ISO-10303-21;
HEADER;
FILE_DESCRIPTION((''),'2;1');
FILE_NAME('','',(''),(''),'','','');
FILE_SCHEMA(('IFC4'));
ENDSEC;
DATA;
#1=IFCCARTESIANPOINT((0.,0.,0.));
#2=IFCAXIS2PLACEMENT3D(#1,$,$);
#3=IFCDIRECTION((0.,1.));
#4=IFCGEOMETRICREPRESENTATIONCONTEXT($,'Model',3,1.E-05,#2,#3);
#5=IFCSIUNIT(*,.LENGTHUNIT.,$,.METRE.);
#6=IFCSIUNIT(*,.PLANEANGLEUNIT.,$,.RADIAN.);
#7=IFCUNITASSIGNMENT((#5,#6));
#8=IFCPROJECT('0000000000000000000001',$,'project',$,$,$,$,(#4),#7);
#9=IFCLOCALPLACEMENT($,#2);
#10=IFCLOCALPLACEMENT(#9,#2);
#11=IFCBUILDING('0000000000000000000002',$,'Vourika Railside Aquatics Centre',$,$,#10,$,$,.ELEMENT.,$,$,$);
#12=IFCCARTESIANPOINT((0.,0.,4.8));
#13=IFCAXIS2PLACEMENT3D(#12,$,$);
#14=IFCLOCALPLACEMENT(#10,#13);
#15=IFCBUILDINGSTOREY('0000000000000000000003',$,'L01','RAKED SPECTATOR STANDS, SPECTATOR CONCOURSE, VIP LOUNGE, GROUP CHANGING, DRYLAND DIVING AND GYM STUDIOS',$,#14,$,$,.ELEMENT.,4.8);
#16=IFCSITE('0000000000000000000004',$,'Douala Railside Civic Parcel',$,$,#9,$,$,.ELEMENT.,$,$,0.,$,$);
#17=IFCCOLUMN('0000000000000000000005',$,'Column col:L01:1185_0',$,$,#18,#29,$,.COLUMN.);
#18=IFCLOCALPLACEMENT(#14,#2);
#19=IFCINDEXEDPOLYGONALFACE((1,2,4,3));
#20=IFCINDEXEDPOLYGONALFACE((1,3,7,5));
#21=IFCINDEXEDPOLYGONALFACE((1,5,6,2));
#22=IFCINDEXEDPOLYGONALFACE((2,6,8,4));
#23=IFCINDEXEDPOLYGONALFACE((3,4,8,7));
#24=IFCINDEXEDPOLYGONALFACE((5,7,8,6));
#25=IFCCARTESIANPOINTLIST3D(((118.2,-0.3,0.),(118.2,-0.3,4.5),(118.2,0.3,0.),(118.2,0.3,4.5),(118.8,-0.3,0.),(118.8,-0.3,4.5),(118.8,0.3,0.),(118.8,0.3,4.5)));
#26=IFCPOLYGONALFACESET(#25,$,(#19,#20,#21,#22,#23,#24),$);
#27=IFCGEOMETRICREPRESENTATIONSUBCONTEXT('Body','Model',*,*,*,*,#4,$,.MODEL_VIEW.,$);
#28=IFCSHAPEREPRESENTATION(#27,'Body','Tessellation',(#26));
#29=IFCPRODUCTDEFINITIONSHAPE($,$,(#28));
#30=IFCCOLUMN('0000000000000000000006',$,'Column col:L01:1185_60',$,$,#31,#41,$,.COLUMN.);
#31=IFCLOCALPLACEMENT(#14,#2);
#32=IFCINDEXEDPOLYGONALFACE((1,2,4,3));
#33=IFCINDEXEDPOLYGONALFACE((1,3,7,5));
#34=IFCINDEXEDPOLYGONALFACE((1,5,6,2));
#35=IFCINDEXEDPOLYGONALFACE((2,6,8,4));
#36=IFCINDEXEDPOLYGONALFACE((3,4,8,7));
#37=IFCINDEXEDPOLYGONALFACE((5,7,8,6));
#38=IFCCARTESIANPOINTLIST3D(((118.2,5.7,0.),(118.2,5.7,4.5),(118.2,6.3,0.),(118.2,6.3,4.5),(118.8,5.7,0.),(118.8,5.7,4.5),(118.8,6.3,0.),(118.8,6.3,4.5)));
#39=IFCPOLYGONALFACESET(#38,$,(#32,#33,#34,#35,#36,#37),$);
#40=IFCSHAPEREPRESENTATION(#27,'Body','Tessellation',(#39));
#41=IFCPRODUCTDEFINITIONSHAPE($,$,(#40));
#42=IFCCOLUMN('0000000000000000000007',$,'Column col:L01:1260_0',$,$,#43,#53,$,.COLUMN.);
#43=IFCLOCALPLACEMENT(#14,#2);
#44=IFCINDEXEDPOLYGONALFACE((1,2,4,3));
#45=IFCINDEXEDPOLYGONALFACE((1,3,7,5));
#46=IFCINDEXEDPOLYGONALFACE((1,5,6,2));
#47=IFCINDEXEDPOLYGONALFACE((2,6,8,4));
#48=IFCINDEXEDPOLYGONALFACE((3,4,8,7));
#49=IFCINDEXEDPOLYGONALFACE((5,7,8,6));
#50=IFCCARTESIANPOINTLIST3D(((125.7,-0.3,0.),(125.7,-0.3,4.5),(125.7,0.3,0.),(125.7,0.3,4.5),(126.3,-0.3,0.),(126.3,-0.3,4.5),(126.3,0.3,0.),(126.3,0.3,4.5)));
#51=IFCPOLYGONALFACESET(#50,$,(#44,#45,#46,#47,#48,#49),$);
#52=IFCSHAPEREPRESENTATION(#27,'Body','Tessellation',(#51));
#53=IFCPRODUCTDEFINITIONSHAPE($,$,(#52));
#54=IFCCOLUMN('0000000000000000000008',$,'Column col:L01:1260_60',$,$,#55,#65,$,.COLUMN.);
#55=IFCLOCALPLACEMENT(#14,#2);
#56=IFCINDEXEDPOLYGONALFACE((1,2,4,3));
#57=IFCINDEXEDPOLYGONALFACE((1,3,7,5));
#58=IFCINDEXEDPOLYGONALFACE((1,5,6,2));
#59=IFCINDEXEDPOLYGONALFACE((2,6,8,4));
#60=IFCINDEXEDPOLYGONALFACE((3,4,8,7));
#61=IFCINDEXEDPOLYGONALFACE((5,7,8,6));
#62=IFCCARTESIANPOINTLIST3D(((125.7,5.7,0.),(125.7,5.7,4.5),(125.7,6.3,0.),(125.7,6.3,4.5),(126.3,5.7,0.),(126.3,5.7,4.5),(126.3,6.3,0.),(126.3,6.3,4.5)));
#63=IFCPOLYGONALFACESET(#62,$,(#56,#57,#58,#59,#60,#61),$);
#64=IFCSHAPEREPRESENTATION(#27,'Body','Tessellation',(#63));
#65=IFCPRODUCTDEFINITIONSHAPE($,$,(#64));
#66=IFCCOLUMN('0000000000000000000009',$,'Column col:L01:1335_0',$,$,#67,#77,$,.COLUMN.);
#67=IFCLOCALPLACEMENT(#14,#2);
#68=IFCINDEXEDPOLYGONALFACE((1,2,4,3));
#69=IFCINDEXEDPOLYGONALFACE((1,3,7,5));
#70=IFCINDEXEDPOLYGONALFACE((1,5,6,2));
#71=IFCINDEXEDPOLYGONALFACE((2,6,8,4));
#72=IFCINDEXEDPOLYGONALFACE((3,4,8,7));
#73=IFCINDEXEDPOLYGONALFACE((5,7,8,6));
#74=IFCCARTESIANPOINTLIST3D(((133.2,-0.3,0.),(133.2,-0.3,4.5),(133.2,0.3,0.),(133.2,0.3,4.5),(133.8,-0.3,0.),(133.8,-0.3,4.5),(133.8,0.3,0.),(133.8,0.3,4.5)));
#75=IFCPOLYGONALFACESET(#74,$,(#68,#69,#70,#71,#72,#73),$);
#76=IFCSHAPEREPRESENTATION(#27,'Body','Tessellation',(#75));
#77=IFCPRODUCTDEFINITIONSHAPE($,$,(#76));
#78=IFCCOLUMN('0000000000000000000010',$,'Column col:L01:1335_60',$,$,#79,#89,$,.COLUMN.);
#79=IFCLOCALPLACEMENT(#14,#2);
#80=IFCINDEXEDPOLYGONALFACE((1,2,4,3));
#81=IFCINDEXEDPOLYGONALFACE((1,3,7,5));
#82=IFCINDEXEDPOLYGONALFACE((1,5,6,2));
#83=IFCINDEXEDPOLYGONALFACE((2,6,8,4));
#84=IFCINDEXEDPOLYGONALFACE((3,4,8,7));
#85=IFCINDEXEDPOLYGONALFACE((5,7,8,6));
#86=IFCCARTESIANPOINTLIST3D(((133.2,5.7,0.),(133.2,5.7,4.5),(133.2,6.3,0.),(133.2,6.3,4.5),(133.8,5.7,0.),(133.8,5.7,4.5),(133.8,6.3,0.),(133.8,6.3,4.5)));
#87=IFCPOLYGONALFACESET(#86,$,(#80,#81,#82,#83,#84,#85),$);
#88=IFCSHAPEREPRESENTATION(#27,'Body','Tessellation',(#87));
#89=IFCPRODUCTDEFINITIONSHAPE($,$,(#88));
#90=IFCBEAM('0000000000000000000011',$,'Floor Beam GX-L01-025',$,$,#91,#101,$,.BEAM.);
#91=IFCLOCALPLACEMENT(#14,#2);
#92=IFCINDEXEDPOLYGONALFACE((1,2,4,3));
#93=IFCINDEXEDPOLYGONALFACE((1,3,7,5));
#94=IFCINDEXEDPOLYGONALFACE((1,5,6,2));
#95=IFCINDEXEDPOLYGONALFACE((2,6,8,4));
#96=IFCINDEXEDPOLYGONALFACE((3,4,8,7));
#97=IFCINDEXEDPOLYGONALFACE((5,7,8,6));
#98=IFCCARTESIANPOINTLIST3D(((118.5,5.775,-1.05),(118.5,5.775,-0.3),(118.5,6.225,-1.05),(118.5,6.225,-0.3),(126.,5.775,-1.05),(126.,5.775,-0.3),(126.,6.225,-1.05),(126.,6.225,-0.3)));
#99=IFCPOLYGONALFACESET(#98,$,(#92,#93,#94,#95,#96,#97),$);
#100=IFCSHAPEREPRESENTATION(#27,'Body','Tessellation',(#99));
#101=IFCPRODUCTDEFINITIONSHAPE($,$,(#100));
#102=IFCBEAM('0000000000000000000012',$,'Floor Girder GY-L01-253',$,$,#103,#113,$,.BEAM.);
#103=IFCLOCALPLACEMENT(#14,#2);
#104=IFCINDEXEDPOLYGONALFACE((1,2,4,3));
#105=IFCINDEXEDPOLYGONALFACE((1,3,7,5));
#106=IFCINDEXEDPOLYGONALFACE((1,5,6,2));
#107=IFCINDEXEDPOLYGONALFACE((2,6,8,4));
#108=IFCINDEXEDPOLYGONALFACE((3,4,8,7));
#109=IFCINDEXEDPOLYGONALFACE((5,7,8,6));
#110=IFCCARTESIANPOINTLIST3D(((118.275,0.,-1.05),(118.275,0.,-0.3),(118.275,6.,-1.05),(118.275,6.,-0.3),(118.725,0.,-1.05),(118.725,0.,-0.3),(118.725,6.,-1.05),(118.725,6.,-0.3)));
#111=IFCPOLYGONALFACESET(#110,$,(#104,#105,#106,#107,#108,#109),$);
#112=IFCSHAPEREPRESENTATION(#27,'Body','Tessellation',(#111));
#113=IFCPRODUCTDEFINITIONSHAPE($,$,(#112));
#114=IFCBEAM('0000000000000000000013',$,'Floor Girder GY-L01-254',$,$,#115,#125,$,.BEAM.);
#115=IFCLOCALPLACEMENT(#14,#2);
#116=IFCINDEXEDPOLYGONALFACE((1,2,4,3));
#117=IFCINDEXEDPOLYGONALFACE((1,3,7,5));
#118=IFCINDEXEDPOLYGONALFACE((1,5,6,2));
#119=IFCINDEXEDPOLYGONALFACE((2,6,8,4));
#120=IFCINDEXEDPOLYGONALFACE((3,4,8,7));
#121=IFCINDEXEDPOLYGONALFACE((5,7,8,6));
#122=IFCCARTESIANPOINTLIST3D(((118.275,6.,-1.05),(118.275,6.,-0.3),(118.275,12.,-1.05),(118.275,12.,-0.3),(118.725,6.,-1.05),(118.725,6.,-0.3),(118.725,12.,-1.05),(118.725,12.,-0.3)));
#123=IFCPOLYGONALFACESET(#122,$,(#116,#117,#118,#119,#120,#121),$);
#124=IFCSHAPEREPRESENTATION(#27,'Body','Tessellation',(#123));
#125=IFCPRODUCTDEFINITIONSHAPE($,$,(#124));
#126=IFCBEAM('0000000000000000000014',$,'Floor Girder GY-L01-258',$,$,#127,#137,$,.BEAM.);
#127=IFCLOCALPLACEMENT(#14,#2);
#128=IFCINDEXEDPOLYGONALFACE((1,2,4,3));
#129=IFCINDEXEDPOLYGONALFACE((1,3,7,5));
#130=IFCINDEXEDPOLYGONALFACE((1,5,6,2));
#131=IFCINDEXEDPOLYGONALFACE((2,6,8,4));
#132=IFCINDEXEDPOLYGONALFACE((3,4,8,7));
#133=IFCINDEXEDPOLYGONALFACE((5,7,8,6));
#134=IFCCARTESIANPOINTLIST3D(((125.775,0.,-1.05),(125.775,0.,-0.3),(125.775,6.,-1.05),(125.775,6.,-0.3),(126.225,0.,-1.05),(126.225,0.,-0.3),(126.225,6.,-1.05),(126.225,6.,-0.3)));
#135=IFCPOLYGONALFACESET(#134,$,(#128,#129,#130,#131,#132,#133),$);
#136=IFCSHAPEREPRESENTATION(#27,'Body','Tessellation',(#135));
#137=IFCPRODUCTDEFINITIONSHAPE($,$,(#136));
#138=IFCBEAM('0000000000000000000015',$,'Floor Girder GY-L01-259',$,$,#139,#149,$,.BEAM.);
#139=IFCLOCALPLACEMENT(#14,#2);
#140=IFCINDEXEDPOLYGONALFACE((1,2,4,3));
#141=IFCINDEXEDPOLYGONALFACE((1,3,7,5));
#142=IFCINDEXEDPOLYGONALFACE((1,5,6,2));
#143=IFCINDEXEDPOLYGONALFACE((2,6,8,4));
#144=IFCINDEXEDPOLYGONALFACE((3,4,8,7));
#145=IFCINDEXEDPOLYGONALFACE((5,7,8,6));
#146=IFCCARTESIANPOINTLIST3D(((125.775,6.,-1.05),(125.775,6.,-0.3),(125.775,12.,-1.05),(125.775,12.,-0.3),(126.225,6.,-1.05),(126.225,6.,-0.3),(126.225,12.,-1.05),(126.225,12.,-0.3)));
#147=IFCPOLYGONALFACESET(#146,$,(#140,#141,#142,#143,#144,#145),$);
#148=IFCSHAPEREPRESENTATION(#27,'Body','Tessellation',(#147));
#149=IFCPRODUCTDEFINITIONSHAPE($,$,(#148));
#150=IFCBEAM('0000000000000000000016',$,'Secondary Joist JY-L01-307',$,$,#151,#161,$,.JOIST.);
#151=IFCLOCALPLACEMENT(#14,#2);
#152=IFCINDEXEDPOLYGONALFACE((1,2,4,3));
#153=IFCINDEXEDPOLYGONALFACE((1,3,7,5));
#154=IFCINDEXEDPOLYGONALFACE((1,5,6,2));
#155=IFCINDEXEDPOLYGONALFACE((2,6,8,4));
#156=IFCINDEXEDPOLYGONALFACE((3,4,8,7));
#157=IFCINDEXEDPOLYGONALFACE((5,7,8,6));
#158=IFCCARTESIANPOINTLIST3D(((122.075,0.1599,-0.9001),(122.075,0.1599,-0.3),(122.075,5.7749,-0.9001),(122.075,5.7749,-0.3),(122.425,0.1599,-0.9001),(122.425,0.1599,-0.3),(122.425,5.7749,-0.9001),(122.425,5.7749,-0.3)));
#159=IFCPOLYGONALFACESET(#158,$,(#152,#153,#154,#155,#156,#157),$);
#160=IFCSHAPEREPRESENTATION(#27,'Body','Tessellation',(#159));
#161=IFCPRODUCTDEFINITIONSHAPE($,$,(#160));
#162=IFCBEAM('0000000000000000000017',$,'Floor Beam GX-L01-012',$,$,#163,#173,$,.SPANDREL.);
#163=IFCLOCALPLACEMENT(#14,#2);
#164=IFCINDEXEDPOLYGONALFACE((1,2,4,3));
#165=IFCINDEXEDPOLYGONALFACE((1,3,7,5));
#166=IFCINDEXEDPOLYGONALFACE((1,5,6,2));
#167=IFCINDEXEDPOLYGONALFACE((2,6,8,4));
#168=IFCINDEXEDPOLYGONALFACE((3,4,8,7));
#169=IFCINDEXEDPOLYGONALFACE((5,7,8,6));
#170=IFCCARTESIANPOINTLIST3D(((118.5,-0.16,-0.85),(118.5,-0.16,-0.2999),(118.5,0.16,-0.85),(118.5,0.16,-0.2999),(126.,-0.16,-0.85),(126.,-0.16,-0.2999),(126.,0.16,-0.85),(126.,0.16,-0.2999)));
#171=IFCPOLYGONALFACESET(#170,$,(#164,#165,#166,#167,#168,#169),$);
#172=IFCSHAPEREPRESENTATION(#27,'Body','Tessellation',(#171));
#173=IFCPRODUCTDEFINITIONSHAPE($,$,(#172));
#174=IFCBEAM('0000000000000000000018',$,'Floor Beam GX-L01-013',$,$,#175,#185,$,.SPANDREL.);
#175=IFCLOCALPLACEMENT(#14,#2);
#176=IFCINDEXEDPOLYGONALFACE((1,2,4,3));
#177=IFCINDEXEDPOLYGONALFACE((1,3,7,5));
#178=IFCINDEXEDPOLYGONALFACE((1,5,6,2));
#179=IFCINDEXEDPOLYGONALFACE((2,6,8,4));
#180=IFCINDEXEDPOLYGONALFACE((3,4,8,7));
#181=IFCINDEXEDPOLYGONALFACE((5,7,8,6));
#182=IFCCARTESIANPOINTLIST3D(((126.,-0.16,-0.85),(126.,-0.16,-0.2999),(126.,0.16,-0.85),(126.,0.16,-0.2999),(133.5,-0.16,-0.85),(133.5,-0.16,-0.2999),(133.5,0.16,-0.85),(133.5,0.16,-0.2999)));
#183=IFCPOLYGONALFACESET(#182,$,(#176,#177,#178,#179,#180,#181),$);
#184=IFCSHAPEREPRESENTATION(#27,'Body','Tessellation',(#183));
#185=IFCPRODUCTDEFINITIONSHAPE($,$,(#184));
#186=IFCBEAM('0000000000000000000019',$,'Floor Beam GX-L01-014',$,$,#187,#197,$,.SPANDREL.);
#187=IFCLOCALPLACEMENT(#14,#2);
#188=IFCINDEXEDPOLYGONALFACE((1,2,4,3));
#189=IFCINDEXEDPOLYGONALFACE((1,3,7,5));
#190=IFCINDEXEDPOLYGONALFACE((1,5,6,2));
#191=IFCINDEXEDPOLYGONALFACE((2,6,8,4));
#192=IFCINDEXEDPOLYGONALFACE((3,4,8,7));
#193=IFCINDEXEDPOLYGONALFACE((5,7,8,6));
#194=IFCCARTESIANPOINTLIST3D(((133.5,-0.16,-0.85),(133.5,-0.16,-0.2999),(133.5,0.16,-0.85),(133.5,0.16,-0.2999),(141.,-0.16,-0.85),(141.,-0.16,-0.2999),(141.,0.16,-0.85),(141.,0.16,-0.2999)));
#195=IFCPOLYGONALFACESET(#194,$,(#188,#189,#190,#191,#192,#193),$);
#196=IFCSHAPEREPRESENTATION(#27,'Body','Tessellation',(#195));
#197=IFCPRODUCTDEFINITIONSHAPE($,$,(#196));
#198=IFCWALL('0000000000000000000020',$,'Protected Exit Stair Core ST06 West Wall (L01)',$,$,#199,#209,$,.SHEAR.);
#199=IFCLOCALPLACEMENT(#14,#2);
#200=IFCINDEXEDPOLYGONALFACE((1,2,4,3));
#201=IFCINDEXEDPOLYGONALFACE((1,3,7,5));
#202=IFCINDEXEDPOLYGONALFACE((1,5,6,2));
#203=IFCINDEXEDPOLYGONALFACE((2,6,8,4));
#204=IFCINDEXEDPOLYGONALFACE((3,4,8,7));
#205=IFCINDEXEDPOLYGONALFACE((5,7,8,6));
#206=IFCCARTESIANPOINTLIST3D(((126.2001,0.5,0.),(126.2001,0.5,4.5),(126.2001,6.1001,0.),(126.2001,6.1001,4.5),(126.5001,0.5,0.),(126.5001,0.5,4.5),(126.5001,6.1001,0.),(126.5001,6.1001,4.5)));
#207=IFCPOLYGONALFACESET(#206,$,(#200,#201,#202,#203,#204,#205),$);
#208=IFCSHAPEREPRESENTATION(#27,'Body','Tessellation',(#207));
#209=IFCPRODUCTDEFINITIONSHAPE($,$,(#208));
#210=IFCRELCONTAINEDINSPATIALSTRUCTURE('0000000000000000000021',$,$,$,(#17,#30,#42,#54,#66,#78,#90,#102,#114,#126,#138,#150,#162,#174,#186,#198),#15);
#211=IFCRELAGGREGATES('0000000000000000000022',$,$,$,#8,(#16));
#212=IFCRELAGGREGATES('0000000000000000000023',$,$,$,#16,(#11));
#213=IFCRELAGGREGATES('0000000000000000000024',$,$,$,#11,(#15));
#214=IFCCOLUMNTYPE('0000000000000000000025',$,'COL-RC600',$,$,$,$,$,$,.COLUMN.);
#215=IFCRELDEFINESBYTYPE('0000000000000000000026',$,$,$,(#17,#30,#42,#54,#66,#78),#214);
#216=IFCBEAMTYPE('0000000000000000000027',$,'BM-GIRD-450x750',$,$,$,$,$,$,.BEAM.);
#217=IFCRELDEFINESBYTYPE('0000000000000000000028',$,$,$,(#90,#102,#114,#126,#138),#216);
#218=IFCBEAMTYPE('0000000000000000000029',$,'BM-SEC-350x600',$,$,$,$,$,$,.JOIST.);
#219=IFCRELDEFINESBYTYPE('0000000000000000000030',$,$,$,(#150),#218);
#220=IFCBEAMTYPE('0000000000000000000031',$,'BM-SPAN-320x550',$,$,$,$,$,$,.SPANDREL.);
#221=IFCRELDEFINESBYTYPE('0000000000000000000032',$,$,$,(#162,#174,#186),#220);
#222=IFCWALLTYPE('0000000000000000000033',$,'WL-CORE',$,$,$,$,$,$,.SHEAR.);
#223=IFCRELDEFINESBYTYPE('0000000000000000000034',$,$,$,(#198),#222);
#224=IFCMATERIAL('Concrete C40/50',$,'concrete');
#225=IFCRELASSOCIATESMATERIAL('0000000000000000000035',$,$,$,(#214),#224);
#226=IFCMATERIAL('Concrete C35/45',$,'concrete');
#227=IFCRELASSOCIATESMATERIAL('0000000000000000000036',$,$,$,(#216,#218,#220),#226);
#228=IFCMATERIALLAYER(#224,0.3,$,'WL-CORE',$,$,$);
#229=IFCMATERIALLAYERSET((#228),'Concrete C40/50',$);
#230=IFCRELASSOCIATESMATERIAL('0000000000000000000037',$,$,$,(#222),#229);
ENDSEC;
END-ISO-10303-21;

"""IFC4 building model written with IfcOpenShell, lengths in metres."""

from ifc_helpers import new_model, si_unit, direction, frame, frame_2d, origin, origin_2d, place, context, subcontext, project, spatial, rectangle, extrude, material, layer, layer_set, material_profile, profile_set, type_object, element, save


model = new_model("IFC4")

# Units and contexts
model_context = context("Model", 3, precision=1e-05, world=origin(), true_north=direction((0.0, 1.0)))
body_context = subcontext(model_context, "Body", "Model", "MODEL_VIEW")
ifc_project = project(units=[si_unit("LENGTHUNIT", "METRE"), si_unit("PLANEANGLEUNIT", "RADIAN")], contexts=[model_context])

# Site, building, storey
site_placement = place(None, origin())
site = spatial("IfcSite", under=ifc_project, at=site_placement, Name="Douala Railside Civic Parcel", CompositionType="ELEMENT", RefElevation=0.0)
building_placement = place(site_placement, origin())
building = spatial("IfcBuilding", under=site, at=building_placement, Name="Vourika Railside Aquatics Centre", CompositionType="ELEMENT")
storey_placement = place(building_placement, frame((0.0, 0.0, 4.8)))
storey = spatial("IfcBuildingStorey", under=building, at=storey_placement, Name="L01", Description="RAKED SPECTATOR STANDS, SPECTATOR CONCOURSE, VIP LOUNGE, GROUP CHANGING, DRYLAND DIVING AND GYM STUDIOS", CompositionType="ELEMENT", Elevation=4.8)

# Columns
ifc_material_1 = material(Name="Concrete C40/50", Category="concrete")
ifc_material_profile_1 = material_profile(ifc_material_1, rectangle(XDim=0.6001, YDim=0.6001, at=origin_2d()), Name="RC 600x600")
ifc_profile_set_1 = profile_set([ifc_material_profile_1], Name="Concrete C40/50")
column_type = type_object("IfcColumnType", Name="COL-RC600", PredefinedType="COLUMN", material=ifc_profile_set_1)
for number, where, z_axis, x_axis, name in (
    (1, (118.5, 0.0, 0.0), (0.0, 0.0, 1.0), (1.0, 0.0, 0.0), "Column col:L01:1185_0"),
    (2, (118.5, 6.0, 0.0), (0.0, 0.0, 1.0), (1.0, 0.0, 0.0), "Column col:L01:1185_60"),
    (3, (126.0, 0.0, 0.0), (0.0, 0.0, 1.0), (1.0, 0.0, 0.0), "Column col:L01:1260_0"),
    (4, (126.0, 6.0, 0.0), (0.0, 0.0, 1.0), (1.0, 0.0, 0.0), "Column col:L01:1260_60"),
    (5, (133.5, 0.0, 0.0), (0.0, 0.0, 1.0), (1.0, 0.0, 0.0), "Column col:L01:1335_0"),
    (6, (133.5, 6.0, 0.0), (0.0, 0.0, 1.0), (1.0, 0.0, 0.0), "Column col:L01:1335_60"),
):
    element("IfcColumn", number, at=place(storey_placement, frame(where, z_axis=z_axis, x_axis=x_axis)), inside=storey, type_object=column_type, Name=name, PredefinedType="COLUMN", context=body_context, shape_type="SweptSolid", body=[
        extrude(rectangle(XDim=0.6001, YDim=0.6001, at=origin_2d()), origin(), (0.0, 0.0, 1.0), 4.5),
    ])

# Beams
ifc_material_2 = material(Name="Concrete C35/45", Category="concrete")
ifc_material_profile_2 = material_profile(ifc_material_2, rectangle(XDim=0.45, YDim=0.75, at=origin_2d()), Name="RC 450x750")
ifc_profile_set_2 = profile_set([ifc_material_profile_2], Name="Concrete C35/45")
beam_type_1 = type_object("IfcBeamType", Name="BM-GIRD-450x750", PredefinedType="BEAM", material=ifc_profile_set_2)
beam_1_placement = place(storey_placement, frame((118.5, 6.0, -0.675), z_axis=(1.0, 0.0, 0.0), x_axis=(0.0, 1.0, 0.0)))
element("IfcBeam", 7, at=beam_1_placement, inside=storey, type_object=beam_type_1, Name="Floor Beam GX-L01-025", PredefinedType="BEAM", context=body_context, shape_type="SweptSolid", body=[
    extrude(rectangle(XDim=0.45, YDim=0.75, at=origin_2d()), origin(), (0.0, 0.0, 1.0), 7.5),
])
for number, where, z_axis, x_axis, name in (
    (8, (118.5, 0.0, -0.675), (0.0, 1.0, 0.0), (-1.0, 0.0, 0.0), "Floor Girder GY-L01-253"),
    (9, (118.5, 6.0, -0.675), (0.0, 1.0, 0.0), (-1.0, 0.0, 0.0), "Floor Girder GY-L01-254"),
    (10, (126.0, 0.0, -0.675), (0.0, 1.0, 0.0), (-1.0, 0.0, 0.0), "Floor Girder GY-L01-258"),
    (11, (126.0, 6.0, -0.675), (0.0, 1.0, 0.0), (-1.0, 0.0, 0.0), "Floor Girder GY-L01-259"),
):
    element("IfcBeam", number, at=place(storey_placement, frame(where, z_axis=z_axis, x_axis=x_axis)), inside=storey, type_object=beam_type_1, Name=name, PredefinedType="BEAM", context=body_context, shape_type="SweptSolid", body=[
        extrude(rectangle(XDim=0.45, YDim=0.75, at=origin_2d()), origin(), (0.0, 0.0, 1.0), 6.0),
    ])
ifc_material_profile_3 = material_profile(ifc_material_2, rectangle(XDim=0.3501, YDim=0.6001, at=origin_2d()), Name="RC 350x600")
ifc_profile_set_3 = profile_set([ifc_material_profile_3], Name="Concrete C35/45")
beam_type_2 = type_object("IfcBeamType", Name="BM-SEC-350x600", PredefinedType="JOIST", material=ifc_profile_set_3)
beam_2_placement = place(storey_placement, frame((122.25, 0.1599, -0.6001), z_axis=(0.0, 1.0, 0.0), x_axis=(-1.0, 0.0, 0.0)))
element("IfcBeam", 12, at=beam_2_placement, inside=storey, type_object=beam_type_2, Name="Secondary Joist JY-L01-307", PredefinedType="JOIST", context=body_context, shape_type="SweptSolid", body=[
    extrude(rectangle(XDim=0.3501, YDim=0.6001, at=origin_2d()), origin(), (0.0, 0.0, 1.0), 5.615),
])
ifc_material_profile_4 = material_profile(ifc_material_2, rectangle(XDim=0.3201, YDim=0.55, at=origin_2d()), Name="RC 320x550")
ifc_profile_set_4 = profile_set([ifc_material_profile_4], Name="Concrete C35/45")
beam_type_3 = type_object("IfcBeamType", Name="BM-SPAN-320x550", PredefinedType="SPANDREL", material=ifc_profile_set_4)
for number, where, z_axis, x_axis, name in (
    (13, (118.5, 0.0, -0.575), (1.0, 0.0, 0.0), (0.0, 1.0, 0.0), "Floor Beam GX-L01-012"),
    (14, (126.0, 0.0, -0.575), (1.0, 0.0, 0.0), (0.0, 1.0, 0.0), "Floor Beam GX-L01-013"),
    (15, (133.5, 0.0, -0.575), (1.0, 0.0, 0.0), (0.0, 1.0, 0.0), "Floor Beam GX-L01-014"),
):
    element("IfcBeam", number, at=place(storey_placement, frame(where, z_axis=z_axis, x_axis=x_axis)), inside=storey, type_object=beam_type_3, Name=name, PredefinedType="SPANDREL", context=body_context, shape_type="SweptSolid", body=[
        extrude(rectangle(XDim=0.3201, YDim=0.55, at=origin_2d()), origin(), (0.0, 0.0, 1.0), 7.5),
    ])

# Wall
ifc_layer_1 = layer(ifc_material_1, 0.3, Name="WL-CORE")
ifc_layer_set_1 = layer_set([ifc_layer_1], Name="Concrete C40/50")
wall_type_1 = type_object("IfcWallType", Name="WL-CORE", PredefinedType="SHEAR", material=ifc_layer_set_1)
wall_1_placement = place(storey_placement, frame((126.3501, 6.1001, 0.0), z_axis=(0.0, 0.0, 1.0), x_axis=(0.0, -1.0, 0.0)))
element("IfcWall", 16, at=wall_1_placement, inside=storey, type_object=wall_type_1, Name="Protected Exit Stair Core ST06 West Wall (L01)", PredefinedType="SHEAR", context=body_context, shape_type="SweptSolid", body=[
    extrude(rectangle(XDim=5.6001, YDim=0.3, at=frame_2d((2.8, 0.0))), origin(), (0.0, 0.0, 1.0), 4.5),
])

save(model, "model.ifc")
